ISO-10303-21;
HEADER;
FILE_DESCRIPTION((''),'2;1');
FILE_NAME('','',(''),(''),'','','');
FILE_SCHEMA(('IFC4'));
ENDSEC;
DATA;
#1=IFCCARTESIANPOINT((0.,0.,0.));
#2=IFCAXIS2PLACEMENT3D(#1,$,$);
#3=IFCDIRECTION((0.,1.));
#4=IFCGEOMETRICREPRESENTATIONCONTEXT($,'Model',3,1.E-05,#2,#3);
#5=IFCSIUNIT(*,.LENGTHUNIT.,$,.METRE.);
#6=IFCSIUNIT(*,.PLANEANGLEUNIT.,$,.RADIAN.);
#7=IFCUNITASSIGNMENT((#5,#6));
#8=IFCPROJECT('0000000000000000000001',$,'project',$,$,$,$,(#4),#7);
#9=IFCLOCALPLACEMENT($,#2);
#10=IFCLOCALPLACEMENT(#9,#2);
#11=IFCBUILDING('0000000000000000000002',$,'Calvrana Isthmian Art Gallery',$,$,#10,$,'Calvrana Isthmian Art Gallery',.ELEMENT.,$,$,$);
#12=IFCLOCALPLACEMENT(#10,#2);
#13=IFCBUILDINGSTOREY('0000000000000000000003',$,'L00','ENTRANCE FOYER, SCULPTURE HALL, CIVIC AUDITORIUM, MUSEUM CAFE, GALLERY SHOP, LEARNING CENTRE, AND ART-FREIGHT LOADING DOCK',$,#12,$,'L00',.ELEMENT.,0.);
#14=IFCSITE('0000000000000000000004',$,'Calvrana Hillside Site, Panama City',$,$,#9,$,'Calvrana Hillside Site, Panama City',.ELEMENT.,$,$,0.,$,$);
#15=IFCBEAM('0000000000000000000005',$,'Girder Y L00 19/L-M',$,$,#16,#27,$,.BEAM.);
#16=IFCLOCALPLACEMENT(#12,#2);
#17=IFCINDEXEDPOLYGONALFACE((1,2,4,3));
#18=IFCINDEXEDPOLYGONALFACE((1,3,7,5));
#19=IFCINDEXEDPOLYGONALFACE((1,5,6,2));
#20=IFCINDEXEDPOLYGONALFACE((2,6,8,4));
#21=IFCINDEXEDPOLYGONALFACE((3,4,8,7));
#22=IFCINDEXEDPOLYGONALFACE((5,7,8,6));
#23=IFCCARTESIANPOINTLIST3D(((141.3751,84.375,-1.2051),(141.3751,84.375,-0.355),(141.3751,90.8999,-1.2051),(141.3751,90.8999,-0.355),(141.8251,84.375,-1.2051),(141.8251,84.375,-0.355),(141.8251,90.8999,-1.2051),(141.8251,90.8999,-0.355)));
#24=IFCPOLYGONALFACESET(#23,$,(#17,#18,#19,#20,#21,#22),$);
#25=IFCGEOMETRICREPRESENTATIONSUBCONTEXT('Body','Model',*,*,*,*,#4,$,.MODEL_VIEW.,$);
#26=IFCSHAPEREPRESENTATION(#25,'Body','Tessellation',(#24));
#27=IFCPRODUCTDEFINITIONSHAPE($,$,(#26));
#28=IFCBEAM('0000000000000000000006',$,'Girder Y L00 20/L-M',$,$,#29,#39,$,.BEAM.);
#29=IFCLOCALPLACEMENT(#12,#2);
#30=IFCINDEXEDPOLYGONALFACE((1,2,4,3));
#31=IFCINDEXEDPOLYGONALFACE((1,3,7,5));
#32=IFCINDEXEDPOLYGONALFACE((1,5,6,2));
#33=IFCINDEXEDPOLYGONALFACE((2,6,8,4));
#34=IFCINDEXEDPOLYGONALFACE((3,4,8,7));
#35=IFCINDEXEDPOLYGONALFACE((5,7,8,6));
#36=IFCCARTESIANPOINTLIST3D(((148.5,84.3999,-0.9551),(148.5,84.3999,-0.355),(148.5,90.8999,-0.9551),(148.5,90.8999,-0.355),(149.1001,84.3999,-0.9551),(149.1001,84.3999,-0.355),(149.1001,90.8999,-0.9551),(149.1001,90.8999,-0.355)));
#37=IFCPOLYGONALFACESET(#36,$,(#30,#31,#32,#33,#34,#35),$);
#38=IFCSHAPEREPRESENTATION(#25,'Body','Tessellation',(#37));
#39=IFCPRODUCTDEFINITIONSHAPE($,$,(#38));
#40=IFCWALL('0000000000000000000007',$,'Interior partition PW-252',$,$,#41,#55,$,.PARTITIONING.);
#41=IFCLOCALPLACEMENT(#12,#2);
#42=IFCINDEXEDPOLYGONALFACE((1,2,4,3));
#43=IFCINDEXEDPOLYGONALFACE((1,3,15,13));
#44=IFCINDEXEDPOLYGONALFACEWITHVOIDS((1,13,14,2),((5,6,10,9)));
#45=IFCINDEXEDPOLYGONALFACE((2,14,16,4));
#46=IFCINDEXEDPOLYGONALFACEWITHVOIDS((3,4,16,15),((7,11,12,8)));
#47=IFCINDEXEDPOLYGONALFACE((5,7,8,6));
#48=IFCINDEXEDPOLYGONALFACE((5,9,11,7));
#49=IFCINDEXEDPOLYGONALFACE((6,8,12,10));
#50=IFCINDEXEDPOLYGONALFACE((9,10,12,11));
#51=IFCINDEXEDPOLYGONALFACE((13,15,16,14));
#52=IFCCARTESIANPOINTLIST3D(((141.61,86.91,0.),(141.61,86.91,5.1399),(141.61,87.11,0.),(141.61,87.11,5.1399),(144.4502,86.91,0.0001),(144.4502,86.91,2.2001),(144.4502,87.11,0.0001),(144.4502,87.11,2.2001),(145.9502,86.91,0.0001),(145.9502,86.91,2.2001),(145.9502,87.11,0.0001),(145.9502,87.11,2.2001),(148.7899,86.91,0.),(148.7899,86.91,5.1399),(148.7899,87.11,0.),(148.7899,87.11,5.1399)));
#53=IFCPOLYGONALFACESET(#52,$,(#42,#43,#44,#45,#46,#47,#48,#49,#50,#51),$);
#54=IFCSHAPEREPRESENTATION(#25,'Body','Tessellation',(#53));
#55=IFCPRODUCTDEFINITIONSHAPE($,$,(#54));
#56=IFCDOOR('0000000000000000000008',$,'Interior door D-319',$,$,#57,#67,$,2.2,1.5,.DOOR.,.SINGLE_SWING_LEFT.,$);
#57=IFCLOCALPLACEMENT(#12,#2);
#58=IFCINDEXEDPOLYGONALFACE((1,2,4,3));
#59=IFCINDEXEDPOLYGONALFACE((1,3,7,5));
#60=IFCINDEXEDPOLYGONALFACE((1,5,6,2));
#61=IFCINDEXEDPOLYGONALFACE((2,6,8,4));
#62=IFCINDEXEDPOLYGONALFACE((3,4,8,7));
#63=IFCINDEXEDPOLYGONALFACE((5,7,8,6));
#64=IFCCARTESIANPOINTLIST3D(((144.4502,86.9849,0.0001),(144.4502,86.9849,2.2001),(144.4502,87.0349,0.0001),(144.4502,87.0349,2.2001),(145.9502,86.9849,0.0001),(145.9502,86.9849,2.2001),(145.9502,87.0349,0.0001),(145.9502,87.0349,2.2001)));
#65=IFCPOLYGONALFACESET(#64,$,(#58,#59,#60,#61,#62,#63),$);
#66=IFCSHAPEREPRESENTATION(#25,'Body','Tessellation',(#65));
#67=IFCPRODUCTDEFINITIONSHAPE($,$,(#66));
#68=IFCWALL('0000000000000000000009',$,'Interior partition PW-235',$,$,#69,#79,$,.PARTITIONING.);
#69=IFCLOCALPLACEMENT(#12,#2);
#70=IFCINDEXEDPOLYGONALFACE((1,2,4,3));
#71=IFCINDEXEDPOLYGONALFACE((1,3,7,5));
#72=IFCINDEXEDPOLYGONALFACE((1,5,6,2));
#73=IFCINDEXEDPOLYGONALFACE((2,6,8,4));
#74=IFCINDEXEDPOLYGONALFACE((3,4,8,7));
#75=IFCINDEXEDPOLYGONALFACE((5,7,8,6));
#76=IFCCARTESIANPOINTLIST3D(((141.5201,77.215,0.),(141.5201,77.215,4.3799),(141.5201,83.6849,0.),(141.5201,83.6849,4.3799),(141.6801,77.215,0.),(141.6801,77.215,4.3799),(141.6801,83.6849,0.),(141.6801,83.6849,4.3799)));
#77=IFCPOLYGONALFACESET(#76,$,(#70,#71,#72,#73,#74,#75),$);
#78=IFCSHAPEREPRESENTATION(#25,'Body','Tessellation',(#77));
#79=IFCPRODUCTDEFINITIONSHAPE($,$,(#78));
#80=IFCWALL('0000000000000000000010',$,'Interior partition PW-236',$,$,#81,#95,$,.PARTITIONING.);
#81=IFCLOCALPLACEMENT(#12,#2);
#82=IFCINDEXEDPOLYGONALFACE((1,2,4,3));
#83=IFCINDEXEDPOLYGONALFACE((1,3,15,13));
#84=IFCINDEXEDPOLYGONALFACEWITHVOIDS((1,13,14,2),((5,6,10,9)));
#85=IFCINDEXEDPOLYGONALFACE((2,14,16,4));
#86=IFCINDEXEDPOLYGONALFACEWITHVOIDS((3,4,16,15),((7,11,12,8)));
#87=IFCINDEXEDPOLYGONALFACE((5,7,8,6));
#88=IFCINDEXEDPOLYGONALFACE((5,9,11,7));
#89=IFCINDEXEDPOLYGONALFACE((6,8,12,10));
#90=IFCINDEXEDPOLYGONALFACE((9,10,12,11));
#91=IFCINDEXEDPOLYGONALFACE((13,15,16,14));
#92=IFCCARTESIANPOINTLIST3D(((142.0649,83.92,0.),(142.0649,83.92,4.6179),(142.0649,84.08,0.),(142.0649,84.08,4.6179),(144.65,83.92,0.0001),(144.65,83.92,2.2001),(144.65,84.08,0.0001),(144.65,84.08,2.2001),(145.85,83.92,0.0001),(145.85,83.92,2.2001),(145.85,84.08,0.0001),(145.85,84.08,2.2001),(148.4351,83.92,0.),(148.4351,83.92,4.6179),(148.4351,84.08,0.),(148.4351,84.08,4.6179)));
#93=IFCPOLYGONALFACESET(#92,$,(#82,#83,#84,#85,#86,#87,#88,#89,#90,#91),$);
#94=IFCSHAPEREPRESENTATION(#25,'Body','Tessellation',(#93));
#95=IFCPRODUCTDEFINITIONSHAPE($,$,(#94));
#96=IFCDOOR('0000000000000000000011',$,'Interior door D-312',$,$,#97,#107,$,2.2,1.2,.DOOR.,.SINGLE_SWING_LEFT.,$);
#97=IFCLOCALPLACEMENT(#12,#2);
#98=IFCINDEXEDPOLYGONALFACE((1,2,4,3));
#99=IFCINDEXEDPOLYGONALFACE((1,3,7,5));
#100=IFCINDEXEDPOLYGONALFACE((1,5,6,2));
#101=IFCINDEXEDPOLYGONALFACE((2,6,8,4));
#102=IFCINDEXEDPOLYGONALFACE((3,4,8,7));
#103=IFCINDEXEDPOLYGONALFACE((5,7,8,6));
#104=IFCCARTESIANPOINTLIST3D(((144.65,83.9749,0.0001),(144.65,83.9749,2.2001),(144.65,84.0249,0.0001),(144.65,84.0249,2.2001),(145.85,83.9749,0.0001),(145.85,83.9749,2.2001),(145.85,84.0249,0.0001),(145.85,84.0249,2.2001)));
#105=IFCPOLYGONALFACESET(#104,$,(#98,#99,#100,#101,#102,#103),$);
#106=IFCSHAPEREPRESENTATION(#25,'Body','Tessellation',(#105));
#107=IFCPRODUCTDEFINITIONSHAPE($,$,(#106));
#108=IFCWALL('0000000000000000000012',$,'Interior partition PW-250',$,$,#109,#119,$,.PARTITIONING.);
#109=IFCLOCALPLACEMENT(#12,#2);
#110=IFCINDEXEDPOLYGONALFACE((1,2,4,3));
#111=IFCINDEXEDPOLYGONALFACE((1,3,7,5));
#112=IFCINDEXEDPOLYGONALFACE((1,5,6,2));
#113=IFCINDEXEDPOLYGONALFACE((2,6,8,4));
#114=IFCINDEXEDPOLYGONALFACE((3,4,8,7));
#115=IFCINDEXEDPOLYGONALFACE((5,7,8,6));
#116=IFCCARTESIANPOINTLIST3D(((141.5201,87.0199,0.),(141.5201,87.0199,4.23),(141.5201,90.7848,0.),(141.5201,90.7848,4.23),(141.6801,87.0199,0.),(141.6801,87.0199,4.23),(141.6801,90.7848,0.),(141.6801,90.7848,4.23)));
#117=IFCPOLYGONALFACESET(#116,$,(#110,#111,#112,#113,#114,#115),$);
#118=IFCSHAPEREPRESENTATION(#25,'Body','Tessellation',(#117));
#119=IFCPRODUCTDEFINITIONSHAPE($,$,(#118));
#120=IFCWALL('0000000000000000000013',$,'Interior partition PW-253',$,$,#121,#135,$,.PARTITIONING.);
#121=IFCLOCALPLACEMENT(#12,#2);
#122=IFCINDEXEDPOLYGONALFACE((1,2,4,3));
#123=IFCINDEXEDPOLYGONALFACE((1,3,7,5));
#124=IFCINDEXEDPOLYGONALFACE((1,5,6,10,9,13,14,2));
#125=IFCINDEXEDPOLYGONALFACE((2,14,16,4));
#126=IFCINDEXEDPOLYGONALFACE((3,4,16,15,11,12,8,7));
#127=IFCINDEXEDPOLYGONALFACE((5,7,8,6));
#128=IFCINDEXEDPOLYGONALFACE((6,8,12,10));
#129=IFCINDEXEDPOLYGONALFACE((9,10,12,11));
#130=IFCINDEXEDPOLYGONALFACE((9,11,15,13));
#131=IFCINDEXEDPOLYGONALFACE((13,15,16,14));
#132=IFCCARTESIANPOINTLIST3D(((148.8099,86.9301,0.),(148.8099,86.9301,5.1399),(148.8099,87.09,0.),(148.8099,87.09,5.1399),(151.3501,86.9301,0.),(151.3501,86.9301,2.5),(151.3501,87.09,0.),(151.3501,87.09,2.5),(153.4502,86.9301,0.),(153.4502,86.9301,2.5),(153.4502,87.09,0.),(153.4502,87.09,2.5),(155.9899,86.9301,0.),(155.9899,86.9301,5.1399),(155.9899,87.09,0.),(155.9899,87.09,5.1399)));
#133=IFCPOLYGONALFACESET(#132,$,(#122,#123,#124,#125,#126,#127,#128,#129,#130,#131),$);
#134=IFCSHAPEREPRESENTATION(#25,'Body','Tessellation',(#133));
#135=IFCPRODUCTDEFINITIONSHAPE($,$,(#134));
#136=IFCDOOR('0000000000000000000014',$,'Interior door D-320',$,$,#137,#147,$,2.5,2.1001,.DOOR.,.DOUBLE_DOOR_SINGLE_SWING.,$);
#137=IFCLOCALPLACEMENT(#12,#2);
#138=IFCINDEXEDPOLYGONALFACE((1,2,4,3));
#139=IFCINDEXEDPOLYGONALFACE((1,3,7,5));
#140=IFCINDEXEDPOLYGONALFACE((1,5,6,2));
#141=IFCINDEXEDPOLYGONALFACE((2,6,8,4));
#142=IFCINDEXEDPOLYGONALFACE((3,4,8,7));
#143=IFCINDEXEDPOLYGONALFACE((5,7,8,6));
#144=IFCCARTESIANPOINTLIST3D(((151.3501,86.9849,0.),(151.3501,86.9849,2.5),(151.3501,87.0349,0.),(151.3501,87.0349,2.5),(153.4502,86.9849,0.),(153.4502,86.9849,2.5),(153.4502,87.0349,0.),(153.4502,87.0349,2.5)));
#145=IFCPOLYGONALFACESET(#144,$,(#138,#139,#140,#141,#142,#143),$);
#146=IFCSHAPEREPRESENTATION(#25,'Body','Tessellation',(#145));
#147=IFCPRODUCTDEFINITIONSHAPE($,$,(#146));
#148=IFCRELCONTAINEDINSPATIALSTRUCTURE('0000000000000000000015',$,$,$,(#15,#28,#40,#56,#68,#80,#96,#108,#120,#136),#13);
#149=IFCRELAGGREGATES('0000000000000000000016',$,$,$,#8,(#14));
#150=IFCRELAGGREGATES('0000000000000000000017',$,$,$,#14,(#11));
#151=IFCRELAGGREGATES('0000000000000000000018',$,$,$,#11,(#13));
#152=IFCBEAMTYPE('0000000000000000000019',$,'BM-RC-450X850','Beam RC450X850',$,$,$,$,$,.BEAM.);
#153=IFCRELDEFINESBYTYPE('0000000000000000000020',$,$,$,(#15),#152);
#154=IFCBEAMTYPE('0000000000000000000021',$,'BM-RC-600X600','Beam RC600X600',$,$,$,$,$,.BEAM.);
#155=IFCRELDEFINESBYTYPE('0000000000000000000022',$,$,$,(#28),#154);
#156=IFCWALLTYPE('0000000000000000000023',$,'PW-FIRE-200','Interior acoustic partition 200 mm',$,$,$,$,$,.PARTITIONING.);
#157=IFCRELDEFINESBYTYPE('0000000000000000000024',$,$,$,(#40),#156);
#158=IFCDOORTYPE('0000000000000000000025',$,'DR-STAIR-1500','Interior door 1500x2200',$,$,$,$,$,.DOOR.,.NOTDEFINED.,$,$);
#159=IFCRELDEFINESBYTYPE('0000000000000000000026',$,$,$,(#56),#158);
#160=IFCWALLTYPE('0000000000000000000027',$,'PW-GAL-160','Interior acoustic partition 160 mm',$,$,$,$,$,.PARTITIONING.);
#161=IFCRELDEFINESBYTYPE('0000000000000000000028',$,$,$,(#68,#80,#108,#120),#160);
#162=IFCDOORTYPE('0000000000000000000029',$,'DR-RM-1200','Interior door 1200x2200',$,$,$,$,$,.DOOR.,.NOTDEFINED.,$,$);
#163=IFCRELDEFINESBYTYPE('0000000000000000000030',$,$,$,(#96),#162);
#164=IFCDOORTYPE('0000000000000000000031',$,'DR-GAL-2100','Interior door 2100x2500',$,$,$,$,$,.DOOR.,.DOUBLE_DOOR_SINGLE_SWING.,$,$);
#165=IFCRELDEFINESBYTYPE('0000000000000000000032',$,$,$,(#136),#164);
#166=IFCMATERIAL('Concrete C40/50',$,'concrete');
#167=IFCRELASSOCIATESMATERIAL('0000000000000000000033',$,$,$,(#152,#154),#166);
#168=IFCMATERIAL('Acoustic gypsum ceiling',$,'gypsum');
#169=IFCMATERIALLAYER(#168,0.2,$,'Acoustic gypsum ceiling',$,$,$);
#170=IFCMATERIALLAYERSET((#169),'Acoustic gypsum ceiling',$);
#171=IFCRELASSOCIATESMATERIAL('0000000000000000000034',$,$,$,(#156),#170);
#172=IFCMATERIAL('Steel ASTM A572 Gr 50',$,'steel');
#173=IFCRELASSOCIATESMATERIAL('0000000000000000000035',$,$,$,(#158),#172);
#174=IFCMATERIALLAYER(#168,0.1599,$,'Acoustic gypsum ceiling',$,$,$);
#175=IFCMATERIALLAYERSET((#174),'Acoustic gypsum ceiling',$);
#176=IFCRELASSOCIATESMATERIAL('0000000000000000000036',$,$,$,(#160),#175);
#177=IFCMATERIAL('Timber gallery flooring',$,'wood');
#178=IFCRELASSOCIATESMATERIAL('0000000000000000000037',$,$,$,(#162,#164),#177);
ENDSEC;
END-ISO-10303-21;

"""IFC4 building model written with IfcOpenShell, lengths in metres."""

from ifc_helpers import new_model, si_unit, direction, frame, frame_2d, origin, origin_2d, place, context, subcontext, project, spatial, rectangle, extrude, material, layer, layer_set, material_profile, profile_set, type_object, element, fill, save


model = new_model("IFC4")

# Units and contexts
model_context = context("Model", 3, precision=1e-05, world=origin(), true_north=direction((0.0, 1.0)))
body_context = subcontext(model_context, "Body", "Model", "MODEL_VIEW")
ifc_project = project(units=[si_unit("LENGTHUNIT", "METRE"), si_unit("PLANEANGLEUNIT", "RADIAN")], contexts=[model_context])

# Site, building, storey
site_placement = place(None, origin())
site = spatial("IfcSite", under=ifc_project, at=site_placement, Name="Calvrana Hillside Site, Panama City", LongName="Calvrana Hillside Site, Panama City", CompositionType="ELEMENT", RefElevation=0.0)
building_placement = place(site_placement, origin())
building = spatial("IfcBuilding", under=site, at=building_placement, Name="Calvrana Isthmian Art Gallery", LongName="Calvrana Isthmian Art Gallery", CompositionType="ELEMENT")
storey_placement = place(building_placement, origin())
storey = spatial("IfcBuildingStorey", under=building, at=storey_placement, Name="L00", Description="ENTRANCE FOYER, SCULPTURE HALL, CIVIC AUDITORIUM, MUSEUM CAFE, GALLERY SHOP, LEARNING CENTRE, AND ART-FREIGHT LOADING DOCK", LongName="L00", CompositionType="ELEMENT", Elevation=0.0)

# Shared definitions
ifc_material_1 = material(Name="Concrete C40/50", Category="concrete")

# Beams
ifc_material_profile_1 = material_profile(ifc_material_1, rectangle(XDim=0.45, YDim=0.8501, at=origin_2d()), Name="RC450X850")
ifc_profile_set_1 = profile_set([ifc_material_profile_1], Name="Concrete C40/50")
beam_type_1 = type_object("IfcBeamType", Name="BM-RC-450X850", Description="Beam RC450X850", PredefinedType="BEAM", material=ifc_profile_set_1)
beam_1_placement = place(storey_placement, frame((141.6001, 84.375, -0.78), z_axis=(0.0, 1.0, 0.0), x_axis=(-1.0, 0.0, 0.0)))
element("IfcBeam", 1, at=beam_1_placement, inside=storey, type_object=beam_type_1, Name="Girder Y L00 19/L-M", PredefinedType="BEAM", context=body_context, shape_type="SweptSolid", body=[
    extrude(rectangle(XDim=0.45, YDim=0.8501, at=origin_2d()), origin(), (0.0, 0.0, 1.0), 6.5249),
])
ifc_material_profile_2 = material_profile(ifc_material_1, rectangle(XDim=0.6001, YDim=0.6001, at=origin_2d()), Name="RC600X600")
ifc_profile_set_2 = profile_set([ifc_material_profile_2], Name="Concrete C40/50")
beam_type_2 = type_object("IfcBeamType", Name="BM-RC-600X600", Description="Beam RC600X600", PredefinedType="BEAM", material=ifc_profile_set_2)
beam_2_placement = place(storey_placement, frame((148.8, 84.3999, -0.655), z_axis=(0.0, 1.0, 0.0), x_axis=(-1.0, 0.0, 0.0)))
element("IfcBeam", 2, at=beam_2_placement, inside=storey, type_object=beam_type_2, Name="Girder Y L00 20/L-M", PredefinedType="BEAM", context=body_context, shape_type="SweptSolid", body=[
    extrude(rectangle(XDim=0.6001, YDim=0.6001, at=origin_2d()), origin(), (0.0, 0.0, 1.0), 6.5),
])

# Wall, opening, door
ifc_material_2 = material(Name="Acoustic gypsum ceiling", Category="gypsum")
ifc_layer_1 = layer(ifc_material_2, 0.2, Name="Acoustic gypsum ceiling")
ifc_layer_set_1 = layer_set([ifc_layer_1], Name="Acoustic gypsum ceiling")
wall_type_1 = type_object("IfcWallType", Name="PW-FIRE-200", Description="Interior acoustic partition 200 mm", PredefinedType="PARTITIONING", material=ifc_layer_set_1)
wall_1_placement = place(storey_placement, frame((141.6101, 87.01, 0.0), z_axis=(0.0, 0.0, 1.0), x_axis=(1.0, 0.0, 0.0)))
wall_1 = element("IfcWall", 3, at=wall_1_placement, inside=storey, type_object=wall_type_1, Name="Interior partition PW-252", PredefinedType="PARTITIONING", context=body_context, shape_type="SweptSolid", body=[
    extrude(rectangle(XDim=7.1799, YDim=0.2, at=frame_2d((3.5898, 0.0))), origin(), (0.0, 0.0, 1.0), 5.1399),
])
opening_1_placement = place(wall_1_placement, frame((2.8401, 0.0, 0.0)))
opening_1 = element("IfcOpeningElement", 4, at=opening_1_placement, cuts=wall_1, PredefinedType="OPENING", context=body_context, shape_type="SweptSolid", body=[
    extrude(rectangle(XDim=1.5, YDim=2.2, at=frame_2d((0.75, 1.1001))), frame((0.0, 0.1104, 0.0), z_axis=(0.0, -1.0, 0.0), x_axis=(1.0, 0.0, 0.0)), (0.0, 0.0, 1.0), 0.2205),
])
ifc_material_3 = material(Name="Steel ASTM A572 Gr 50", Category="steel")
door_type_1 = type_object("IfcDoorType", Name="DR-STAIR-1500", Description="Interior door 1500x2200", OperationType="NOTDEFINED", PredefinedType="DOOR", material=ifc_material_3)
door_1_placement = place(opening_1_placement, origin())
door_1 = element("IfcDoor", 5, at=door_1_placement, inside=storey, type_object=door_type_1, Name="Interior door D-319", OperationType="SINGLE_SWING_LEFT", OverallHeight=2.2, OverallWidth=1.5, PredefinedType="DOOR", context=body_context, shape_type="SweptSolid", body=[
    extrude(rectangle(XDim=1.5, YDim=2.2, at=frame_2d((0.75, 1.1001))), frame((0.0, 0.0249, 0.0), z_axis=(0.0, -1.0, 0.0), x_axis=(1.0, 0.0, 0.0)), (0.0, 0.0, 1.0), 0.05),
])
fill(opening_1, door_1)

# Wall
ifc_layer_2 = layer(ifc_material_2, 0.1599, Name="Acoustic gypsum ceiling")
ifc_layer_set_2 = layer_set([ifc_layer_2], Name="Acoustic gypsum ceiling")
wall_type_2 = type_object("IfcWallType", Name="PW-GAL-160", Description="Interior acoustic partition 160 mm", PredefinedType="PARTITIONING", material=ifc_layer_set_2)
wall_2_placement = place(storey_placement, frame((141.6001, 77.2151, 0.0), z_axis=(0.0, 0.0, 1.0), x_axis=(0.0, 1.0, 0.0)))
element("IfcWall", 6, at=wall_2_placement, inside=storey, type_object=wall_type_2, Name="Interior partition PW-235", PredefinedType="PARTITIONING", context=body_context, shape_type="SweptSolid", body=[
    extrude(rectangle(XDim=6.47, YDim=0.1599, at=frame_2d((3.2349, 0.0))), origin(), (0.0, 0.0, 1.0), 4.3799),
])

# Wall, opening, door
wall_3_placement = place(storey_placement, frame((142.0649, 84.0, 0.0), z_axis=(0.0, 0.0, 1.0), x_axis=(1.0, 0.0, 0.0)))
wall_3 = element("IfcWall", 7, at=wall_3_placement, inside=storey, type_object=wall_type_2, Name="Interior partition PW-236", PredefinedType="PARTITIONING", context=body_context, shape_type="SweptSolid", body=[
    extrude(rectangle(XDim=6.3701, YDim=0.1599, at=frame_2d((3.1851, 0.0))), origin(), (0.0, 0.0, 1.0), 4.6179),
])
opening_2_placement = place(wall_3_placement, frame((2.585, 0.0, 0.0)))
opening_2 = element("IfcOpeningElement", 8, at=opening_2_placement, cuts=wall_3, PredefinedType="OPENING", context=body_context, shape_type="SweptSolid", body=[
    extrude(rectangle(XDim=1.2, YDim=2.2, at=frame_2d((0.6001, 1.1001))), frame((0.0, 0.0903, 0.0), z_axis=(0.0, -1.0, 0.0), x_axis=(1.0, 0.0, 0.0)), (0.0, 0.0, 1.0), 0.1804),
])
ifc_material_4 = material(Name="Timber gallery flooring", Category="wood")
door_type_2 = type_object("IfcDoorType", Name="DR-RM-1200", Description="Interior door 1200x2200", OperationType="NOTDEFINED", PredefinedType="DOOR", material=ifc_material_4)
door_2_placement = place(opening_2_placement, origin())
door_2 = element("IfcDoor", 9, at=door_2_placement, inside=storey, type_object=door_type_2, Name="Interior door D-312", OperationType="SINGLE_SWING_LEFT", OverallHeight=2.2, OverallWidth=1.2, PredefinedType="DOOR", context=body_context, shape_type="SweptSolid", body=[
    extrude(rectangle(XDim=1.2, YDim=2.2, at=frame_2d((0.6001, 1.1001))), frame((0.0, 0.0249, 0.0), z_axis=(0.0, -1.0, 0.0), x_axis=(1.0, 0.0, 0.0)), (0.0, 0.0, 1.0), 0.05),
])
fill(opening_2, door_2)

# Wall
wall_4_placement = place(storey_placement, frame((141.6001, 87.02, 0.0), z_axis=(0.0, 0.0, 1.0), x_axis=(0.0, 1.0, 0.0)))
element("IfcWall", 10, at=wall_4_placement, inside=storey, type_object=wall_type_2, Name="Interior partition PW-250", PredefinedType="PARTITIONING", context=body_context, shape_type="SweptSolid", body=[
    extrude(rectangle(XDim=3.7649, YDim=0.1599, at=frame_2d((1.8823, 0.0))), origin(), (0.0, 0.0, 1.0), 4.23),
])

# Wall, opening, door
wall_5_placement = place(storey_placement, frame((148.8101, 87.01, 0.0), z_axis=(0.0, 0.0, 1.0), x_axis=(1.0, 0.0, 0.0)))
wall_5 = element("IfcWall", 11, at=wall_5_placement, inside=storey, type_object=wall_type_2, Name="Interior partition PW-253", PredefinedType="PARTITIONING", context=body_context, shape_type="SweptSolid", body=[
    extrude(rectangle(XDim=7.1799, YDim=0.1599, at=frame_2d((3.5898, 0.0))), origin(), (0.0, 0.0, 1.0), 5.1399),
])
opening_3_placement = place(wall_5_placement, frame((2.54, 0.0, 0.0)))
opening_3 = element("IfcOpeningElement", 12, at=opening_3_placement, cuts=wall_5, PredefinedType="OPENING", context=body_context, shape_type="SweptSolid", body=[
    extrude(rectangle(XDim=2.1001, YDim=2.5, at=frame_2d((1.05, 1.25))), frame((0.0, 0.0903, 0.0), z_axis=(0.0, -1.0, 0.0), x_axis=(1.0, 0.0, 0.0)), (0.0, 0.0, 1.0), 0.1804),
])
door_type_3 = type_object("IfcDoorType", Name="DR-GAL-2100", Description="Interior door 2100x2500", OperationType="DOUBLE_DOOR_SINGLE_SWING", PredefinedType="DOOR", material=ifc_material_4)
door_3_placement = place(opening_3_placement, origin())
door_3 = element("IfcDoor", 13, at=door_3_placement, inside=storey, type_object=door_type_3, Name="Interior door D-320", OperationType="DOUBLE_DOOR_SINGLE_SWING", OverallHeight=2.5, OverallWidth=2.1001, PredefinedType="DOOR", context=body_context, shape_type="SweptSolid", body=[
    extrude(rectangle(XDim=2.1001, YDim=2.5, at=frame_2d((1.05, 1.25))), frame((0.0, 0.0249, 0.0), z_axis=(0.0, -1.0, 0.0), x_axis=(1.0, 0.0, 0.0)), (0.0, 0.0, 1.0), 0.05),
])
fill(opening_3, door_3)

save(model, "model.ifc")
